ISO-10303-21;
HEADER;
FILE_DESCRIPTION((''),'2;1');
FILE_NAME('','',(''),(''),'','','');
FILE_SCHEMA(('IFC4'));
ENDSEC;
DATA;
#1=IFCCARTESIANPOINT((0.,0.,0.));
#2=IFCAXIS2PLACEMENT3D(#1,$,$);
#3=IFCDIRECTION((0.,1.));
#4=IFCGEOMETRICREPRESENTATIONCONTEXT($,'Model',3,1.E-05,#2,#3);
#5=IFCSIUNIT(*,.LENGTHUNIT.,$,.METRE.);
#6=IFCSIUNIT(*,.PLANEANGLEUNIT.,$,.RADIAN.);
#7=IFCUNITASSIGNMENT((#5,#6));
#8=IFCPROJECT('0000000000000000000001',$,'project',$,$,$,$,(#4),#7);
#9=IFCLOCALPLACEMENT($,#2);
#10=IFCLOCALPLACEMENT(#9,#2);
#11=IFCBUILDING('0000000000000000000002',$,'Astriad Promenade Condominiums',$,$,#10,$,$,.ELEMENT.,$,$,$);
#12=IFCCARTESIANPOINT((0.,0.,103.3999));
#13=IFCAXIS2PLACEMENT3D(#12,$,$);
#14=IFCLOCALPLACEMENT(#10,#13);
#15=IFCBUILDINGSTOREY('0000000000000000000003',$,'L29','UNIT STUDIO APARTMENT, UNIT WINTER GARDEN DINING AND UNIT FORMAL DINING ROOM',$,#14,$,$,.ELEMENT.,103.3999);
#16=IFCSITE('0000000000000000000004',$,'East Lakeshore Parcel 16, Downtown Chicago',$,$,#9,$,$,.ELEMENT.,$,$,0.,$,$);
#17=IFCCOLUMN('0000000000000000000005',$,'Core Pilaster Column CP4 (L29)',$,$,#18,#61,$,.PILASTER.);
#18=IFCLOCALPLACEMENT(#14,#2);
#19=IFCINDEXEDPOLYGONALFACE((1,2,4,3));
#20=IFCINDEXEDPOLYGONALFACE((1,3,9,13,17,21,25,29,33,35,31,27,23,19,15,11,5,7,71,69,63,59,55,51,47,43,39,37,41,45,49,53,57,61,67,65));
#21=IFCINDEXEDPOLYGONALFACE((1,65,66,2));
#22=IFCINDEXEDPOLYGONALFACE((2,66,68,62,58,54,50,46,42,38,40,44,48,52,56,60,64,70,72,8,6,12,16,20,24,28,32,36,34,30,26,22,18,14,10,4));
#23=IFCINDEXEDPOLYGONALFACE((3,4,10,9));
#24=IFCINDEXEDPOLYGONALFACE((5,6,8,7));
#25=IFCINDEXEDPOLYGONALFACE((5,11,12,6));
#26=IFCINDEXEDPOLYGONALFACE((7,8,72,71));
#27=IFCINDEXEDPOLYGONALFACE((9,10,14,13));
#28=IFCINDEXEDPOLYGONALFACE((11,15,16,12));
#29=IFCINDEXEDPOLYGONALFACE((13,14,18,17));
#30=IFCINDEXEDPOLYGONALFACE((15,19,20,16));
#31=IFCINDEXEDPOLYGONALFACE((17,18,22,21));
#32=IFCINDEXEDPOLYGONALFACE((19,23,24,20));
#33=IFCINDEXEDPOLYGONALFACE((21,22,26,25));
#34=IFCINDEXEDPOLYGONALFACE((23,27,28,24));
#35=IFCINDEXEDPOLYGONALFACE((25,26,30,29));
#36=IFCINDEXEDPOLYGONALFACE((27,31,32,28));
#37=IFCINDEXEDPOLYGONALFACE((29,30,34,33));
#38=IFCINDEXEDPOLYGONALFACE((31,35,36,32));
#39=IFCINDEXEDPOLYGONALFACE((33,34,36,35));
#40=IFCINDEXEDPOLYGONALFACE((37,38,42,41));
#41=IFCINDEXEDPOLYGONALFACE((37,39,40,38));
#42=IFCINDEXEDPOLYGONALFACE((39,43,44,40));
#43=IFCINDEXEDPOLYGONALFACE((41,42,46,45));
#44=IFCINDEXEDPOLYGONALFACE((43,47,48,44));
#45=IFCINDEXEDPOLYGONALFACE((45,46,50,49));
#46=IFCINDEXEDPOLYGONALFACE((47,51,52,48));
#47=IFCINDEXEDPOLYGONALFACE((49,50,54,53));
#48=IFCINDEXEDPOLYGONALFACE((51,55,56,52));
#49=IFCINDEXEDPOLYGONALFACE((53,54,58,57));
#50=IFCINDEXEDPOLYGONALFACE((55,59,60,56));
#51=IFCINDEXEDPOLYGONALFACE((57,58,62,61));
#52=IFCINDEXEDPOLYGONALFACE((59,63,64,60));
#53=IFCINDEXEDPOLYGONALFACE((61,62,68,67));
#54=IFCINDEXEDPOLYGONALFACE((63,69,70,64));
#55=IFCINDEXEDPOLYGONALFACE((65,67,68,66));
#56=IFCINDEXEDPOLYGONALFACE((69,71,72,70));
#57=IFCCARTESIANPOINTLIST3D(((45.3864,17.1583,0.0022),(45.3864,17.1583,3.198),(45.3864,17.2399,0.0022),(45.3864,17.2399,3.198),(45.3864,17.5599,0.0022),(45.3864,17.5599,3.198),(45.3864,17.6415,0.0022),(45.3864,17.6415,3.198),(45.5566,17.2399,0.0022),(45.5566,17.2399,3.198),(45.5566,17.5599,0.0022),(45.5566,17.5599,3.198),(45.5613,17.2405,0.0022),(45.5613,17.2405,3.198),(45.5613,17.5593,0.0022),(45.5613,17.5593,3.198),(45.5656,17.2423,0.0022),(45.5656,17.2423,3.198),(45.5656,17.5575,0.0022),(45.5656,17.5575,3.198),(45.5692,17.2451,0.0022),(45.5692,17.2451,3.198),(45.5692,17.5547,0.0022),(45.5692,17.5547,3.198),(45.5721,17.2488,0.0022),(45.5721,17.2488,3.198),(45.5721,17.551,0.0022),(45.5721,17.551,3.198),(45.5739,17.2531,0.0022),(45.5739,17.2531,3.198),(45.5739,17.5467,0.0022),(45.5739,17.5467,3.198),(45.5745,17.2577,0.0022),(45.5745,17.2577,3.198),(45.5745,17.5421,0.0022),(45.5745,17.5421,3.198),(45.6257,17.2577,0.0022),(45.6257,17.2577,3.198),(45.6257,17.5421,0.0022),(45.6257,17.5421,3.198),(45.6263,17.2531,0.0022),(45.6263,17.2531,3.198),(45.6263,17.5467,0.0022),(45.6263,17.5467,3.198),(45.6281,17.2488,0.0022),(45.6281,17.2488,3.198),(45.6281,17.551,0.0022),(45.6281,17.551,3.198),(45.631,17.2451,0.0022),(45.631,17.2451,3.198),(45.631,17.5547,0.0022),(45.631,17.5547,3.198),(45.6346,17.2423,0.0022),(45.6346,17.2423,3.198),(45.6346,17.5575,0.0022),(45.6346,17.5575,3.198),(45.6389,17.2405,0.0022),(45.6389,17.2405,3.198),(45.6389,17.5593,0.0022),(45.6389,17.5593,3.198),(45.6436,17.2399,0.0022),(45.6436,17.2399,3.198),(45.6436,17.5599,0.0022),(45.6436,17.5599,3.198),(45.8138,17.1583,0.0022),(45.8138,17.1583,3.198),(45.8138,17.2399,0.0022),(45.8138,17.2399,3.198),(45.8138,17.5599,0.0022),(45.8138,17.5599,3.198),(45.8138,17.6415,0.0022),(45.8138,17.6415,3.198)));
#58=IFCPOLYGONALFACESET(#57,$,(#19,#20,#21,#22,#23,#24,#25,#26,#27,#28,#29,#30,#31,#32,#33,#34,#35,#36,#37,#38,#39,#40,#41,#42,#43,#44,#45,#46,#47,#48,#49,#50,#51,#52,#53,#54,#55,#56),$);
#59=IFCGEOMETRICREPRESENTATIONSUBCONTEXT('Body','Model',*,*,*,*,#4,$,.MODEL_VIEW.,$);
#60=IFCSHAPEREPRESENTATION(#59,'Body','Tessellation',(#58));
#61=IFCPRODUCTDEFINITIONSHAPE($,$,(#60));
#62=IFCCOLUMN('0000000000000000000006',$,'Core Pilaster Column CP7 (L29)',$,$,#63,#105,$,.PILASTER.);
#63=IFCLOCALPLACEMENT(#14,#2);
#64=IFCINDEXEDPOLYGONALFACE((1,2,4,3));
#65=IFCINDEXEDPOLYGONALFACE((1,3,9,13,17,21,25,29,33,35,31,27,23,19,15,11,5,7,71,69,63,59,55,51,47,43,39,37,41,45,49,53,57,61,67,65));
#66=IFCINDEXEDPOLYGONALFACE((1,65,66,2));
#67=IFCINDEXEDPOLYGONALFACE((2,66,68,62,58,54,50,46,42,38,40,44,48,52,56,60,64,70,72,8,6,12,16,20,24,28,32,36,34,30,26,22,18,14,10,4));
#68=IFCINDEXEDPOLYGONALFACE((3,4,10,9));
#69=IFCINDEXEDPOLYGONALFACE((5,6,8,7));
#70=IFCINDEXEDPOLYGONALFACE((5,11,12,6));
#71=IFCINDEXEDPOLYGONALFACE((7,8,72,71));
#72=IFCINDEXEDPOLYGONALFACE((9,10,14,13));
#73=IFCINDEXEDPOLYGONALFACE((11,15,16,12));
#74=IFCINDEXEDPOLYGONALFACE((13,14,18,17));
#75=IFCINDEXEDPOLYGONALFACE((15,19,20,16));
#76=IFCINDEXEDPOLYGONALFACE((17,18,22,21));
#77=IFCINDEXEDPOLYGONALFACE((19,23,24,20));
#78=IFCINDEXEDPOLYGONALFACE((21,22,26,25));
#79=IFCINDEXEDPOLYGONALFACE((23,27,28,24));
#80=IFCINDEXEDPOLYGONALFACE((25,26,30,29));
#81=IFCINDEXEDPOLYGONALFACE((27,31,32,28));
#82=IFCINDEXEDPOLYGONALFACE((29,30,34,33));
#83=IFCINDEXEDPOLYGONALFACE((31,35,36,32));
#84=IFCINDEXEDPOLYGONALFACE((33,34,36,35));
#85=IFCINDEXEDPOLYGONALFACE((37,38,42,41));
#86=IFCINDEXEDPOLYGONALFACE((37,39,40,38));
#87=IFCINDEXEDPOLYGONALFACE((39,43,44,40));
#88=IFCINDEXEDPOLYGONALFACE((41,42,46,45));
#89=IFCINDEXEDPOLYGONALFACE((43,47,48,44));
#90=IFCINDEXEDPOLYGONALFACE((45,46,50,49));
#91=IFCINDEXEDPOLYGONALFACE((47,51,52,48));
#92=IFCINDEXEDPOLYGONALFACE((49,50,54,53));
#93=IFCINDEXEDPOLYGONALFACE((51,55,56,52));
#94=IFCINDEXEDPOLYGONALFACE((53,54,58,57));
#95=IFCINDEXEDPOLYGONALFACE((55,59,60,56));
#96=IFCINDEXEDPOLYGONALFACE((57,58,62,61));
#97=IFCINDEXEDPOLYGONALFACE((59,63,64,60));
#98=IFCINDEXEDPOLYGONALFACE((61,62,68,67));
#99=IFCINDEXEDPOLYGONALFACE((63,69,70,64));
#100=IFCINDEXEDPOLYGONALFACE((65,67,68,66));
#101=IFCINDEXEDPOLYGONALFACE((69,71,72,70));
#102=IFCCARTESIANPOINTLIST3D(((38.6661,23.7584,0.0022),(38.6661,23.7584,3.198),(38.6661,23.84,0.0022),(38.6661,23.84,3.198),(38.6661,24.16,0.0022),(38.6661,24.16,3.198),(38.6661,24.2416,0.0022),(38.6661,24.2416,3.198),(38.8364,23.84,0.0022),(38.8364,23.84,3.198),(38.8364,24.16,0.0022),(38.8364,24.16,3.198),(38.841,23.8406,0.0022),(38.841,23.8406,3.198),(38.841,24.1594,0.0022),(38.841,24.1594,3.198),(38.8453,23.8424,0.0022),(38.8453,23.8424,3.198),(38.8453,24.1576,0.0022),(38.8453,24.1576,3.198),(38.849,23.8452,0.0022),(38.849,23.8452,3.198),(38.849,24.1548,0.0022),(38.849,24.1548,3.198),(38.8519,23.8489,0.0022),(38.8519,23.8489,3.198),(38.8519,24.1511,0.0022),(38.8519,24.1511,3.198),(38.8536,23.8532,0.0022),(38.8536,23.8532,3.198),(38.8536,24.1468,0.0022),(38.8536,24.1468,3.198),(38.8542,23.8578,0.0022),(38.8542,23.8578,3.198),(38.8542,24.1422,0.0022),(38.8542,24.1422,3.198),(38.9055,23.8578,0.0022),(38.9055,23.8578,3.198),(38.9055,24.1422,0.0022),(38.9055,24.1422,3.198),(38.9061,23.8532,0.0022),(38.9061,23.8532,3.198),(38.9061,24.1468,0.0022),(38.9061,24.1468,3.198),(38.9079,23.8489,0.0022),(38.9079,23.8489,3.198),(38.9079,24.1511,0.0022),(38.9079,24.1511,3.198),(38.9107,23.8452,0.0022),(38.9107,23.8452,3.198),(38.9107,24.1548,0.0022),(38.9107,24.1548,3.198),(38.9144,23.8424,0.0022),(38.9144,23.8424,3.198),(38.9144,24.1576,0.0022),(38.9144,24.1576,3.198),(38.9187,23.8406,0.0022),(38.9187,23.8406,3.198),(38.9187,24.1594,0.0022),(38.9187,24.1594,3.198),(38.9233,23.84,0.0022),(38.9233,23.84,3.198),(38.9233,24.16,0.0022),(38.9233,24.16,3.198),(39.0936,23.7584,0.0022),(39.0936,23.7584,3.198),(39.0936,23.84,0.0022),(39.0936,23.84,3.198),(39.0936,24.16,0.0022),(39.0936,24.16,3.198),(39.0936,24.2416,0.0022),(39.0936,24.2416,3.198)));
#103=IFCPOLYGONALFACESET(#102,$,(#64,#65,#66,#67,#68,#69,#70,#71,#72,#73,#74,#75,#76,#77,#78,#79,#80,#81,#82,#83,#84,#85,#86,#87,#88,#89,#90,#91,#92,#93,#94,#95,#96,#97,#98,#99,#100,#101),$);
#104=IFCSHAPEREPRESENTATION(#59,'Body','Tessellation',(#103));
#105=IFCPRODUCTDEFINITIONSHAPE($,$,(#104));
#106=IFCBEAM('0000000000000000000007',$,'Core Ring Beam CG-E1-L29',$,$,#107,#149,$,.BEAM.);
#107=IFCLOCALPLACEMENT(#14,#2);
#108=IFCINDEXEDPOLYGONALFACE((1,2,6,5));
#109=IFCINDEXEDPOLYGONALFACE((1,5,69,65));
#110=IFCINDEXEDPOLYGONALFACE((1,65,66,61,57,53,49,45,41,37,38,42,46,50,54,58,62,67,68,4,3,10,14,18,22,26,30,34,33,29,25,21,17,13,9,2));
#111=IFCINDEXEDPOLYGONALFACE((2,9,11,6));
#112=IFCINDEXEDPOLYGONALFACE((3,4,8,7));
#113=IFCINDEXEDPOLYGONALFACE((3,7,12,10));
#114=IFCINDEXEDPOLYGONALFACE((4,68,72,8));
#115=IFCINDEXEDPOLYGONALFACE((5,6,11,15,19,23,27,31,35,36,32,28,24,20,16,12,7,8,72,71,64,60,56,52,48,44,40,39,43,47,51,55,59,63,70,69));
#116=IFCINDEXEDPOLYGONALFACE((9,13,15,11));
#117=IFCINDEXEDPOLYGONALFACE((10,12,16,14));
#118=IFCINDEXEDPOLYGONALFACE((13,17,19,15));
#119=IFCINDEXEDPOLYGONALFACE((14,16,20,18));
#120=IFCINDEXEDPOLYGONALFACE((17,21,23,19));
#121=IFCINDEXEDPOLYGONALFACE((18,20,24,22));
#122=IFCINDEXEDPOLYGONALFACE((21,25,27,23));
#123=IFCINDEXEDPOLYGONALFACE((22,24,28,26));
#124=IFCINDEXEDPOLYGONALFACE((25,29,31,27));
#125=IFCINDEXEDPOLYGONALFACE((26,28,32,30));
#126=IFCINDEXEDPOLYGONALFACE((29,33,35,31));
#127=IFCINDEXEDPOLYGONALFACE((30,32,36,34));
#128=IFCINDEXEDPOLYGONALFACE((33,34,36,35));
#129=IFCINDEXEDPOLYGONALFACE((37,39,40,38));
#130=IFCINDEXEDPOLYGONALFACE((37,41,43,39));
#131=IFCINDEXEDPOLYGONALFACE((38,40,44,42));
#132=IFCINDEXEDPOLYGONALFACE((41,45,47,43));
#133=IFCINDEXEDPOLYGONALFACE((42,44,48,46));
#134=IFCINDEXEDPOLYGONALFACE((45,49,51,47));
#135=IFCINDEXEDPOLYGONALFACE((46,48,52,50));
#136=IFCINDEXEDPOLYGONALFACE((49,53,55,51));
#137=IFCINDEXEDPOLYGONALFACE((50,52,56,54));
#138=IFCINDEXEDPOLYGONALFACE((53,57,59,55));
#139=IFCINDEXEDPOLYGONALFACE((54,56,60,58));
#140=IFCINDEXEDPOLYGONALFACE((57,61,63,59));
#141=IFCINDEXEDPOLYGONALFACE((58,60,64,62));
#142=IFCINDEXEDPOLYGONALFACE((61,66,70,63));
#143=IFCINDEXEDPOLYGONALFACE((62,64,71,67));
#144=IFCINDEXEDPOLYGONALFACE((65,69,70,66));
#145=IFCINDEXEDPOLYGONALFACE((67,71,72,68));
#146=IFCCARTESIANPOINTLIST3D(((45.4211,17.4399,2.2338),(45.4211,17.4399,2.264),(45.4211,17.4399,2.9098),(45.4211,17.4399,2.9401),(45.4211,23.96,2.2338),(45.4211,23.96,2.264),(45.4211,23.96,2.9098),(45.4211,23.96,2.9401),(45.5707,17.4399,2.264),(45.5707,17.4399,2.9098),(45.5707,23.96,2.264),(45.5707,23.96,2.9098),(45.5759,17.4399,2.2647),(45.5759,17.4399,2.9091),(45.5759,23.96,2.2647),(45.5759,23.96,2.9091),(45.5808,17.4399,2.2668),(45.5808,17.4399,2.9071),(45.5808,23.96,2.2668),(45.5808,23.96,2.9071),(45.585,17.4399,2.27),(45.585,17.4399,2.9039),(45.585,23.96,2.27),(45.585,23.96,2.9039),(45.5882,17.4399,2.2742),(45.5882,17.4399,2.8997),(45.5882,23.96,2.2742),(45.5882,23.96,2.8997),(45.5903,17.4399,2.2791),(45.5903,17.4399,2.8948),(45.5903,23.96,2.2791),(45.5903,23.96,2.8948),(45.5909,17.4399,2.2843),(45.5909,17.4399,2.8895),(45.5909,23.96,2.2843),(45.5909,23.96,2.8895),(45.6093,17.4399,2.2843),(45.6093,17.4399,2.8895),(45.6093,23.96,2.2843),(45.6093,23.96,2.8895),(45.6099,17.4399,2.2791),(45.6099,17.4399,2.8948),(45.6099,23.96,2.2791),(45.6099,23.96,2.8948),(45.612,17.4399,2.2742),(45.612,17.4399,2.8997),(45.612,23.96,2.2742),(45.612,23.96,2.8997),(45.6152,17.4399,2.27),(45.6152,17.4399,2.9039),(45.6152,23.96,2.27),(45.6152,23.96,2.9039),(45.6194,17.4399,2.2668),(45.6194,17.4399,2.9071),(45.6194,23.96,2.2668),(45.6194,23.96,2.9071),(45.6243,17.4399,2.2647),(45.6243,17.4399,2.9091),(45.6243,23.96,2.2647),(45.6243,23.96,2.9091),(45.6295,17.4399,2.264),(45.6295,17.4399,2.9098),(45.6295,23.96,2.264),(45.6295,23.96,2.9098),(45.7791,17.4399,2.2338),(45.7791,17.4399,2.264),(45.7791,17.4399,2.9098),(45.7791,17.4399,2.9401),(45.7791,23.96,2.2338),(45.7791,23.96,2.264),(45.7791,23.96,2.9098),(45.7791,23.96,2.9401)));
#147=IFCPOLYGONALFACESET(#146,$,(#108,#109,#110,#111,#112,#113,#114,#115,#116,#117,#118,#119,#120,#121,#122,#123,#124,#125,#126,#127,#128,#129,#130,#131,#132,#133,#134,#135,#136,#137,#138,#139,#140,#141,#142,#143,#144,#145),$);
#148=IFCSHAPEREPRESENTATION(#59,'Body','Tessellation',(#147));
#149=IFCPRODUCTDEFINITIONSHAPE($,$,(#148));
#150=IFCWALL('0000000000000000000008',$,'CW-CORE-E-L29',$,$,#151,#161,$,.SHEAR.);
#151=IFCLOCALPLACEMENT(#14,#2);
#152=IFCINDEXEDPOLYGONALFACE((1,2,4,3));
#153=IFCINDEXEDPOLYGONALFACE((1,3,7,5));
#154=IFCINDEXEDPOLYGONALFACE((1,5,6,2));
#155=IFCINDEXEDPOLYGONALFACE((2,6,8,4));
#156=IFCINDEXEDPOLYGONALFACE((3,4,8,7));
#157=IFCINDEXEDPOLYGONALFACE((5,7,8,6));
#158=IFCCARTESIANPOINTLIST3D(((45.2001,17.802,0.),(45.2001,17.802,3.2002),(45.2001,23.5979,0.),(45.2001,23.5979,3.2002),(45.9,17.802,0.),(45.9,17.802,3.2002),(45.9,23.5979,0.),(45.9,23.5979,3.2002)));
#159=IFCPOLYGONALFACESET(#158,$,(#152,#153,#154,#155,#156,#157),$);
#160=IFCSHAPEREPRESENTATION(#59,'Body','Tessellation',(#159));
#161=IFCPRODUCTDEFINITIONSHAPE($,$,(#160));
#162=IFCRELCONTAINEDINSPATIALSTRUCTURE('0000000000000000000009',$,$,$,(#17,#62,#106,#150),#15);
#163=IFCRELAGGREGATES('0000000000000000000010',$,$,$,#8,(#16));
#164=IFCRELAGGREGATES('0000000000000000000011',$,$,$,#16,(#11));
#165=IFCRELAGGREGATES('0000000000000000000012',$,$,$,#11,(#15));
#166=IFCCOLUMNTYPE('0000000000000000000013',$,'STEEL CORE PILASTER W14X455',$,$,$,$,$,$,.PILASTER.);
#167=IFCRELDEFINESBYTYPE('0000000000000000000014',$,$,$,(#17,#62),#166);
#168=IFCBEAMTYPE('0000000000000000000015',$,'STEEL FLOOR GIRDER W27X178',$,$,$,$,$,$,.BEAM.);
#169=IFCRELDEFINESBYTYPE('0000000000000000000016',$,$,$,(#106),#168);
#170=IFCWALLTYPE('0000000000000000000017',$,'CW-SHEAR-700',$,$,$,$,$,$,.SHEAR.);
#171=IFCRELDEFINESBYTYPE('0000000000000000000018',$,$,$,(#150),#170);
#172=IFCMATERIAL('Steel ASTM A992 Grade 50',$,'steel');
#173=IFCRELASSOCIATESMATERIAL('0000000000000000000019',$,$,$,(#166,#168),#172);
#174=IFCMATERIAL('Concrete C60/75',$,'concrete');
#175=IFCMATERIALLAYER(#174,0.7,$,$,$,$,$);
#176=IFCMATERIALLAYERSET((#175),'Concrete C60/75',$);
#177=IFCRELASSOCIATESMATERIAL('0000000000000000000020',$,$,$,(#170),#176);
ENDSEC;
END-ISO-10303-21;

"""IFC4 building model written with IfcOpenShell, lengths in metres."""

from ifc_helpers import new_model, si_unit, direction, frame, frame_2d, origin, origin_2d, place, context, subcontext, project, spatial, rectangle, i_section, extrude, source, transform, mapped, material, layer, layer_set, material_profile, profile_set, type_object, type_shapes, element, save


model = new_model("IFC4")

# Units and contexts
model_context = context("Model", 3, precision=1e-05, world=origin(), true_north=direction((0.0, 1.0)))
body_context = subcontext(model_context, "Body", "Model", "MODEL_VIEW")
ifc_project = project(units=[si_unit("LENGTHUNIT", "METRE"), si_unit("PLANEANGLEUNIT", "RADIAN")], contexts=[model_context])

# Site, building, storey
site_placement = place(None, origin())
site = spatial("IfcSite", under=ifc_project, at=site_placement, Name="East Lakeshore Parcel 16, Downtown Chicago", CompositionType="ELEMENT", RefElevation=0.0)
building_placement = place(site_placement, origin())
building = spatial("IfcBuilding", under=site, at=building_placement, Name="Astriad Promenade Condominiums", CompositionType="ELEMENT")
storey_placement = place(building_placement, frame((0.0, 0.0, 103.3999)))
storey = spatial("IfcBuildingStorey", under=building, at=storey_placement, Name="L29", Description="UNIT STUDIO APARTMENT, UNIT WINTER GARDEN DINING AND UNIT FORMAL DINING ROOM", CompositionType="ELEMENT", Elevation=103.3999)

# Columns
ifc_material_1 = material(Name="Steel ASTM A992 Grade 50", Category="steel")
ifc_material_profile_1 = material_profile(ifc_material_1, i_section(OverallWidth=0.4275, OverallDepth=0.4832, WebThickness=0.0513, FlangeThickness=0.0815, FilletRadius=0.0178, at=origin_2d()), Name="W14X455")
ifc_profile_set_1 = profile_set([ifc_material_profile_1], Name="Steel ASTM A992 Grade 50")
column_type = type_object("IfcColumnType", Name="STEEL CORE PILASTER W14X455", PredefinedType="PILASTER", material=ifc_profile_set_1)
shared_shape_1 = source(origin(), body_context, "Body", "SweptSolid", [
    extrude(i_section(OverallWidth=0.4275, OverallDepth=0.4832, WebThickness=0.0513, FlangeThickness=0.0815, FilletRadius=0.0178, at=origin_2d()), origin(), (0.0, 0.0, 1.0), 3.1958),
])
type_shapes(column_type, [shared_shape_1])
for number, where, z_axis, x_axis, name in (
    (1, (45.6001, 17.3999, 0.0022), (0.0, 0.0, 1.0), (1.0, 0.0, 0.0), "Core Pilaster Column CP4 (L29)"),
    (2, (38.8799, 24.0, 0.0022), (0.0, 0.0, 1.0), (1.0, 0.0, 0.0), "Core Pilaster Column CP7 (L29)"),
):
    element("IfcColumn", number, at=place(storey_placement, frame(where, z_axis=z_axis, x_axis=x_axis)), inside=storey, type_object=column_type, Name=name, PredefinedType="PILASTER", context=body_context, shape_type="MappedRepresentation", body=[
        mapped(shared_shape_1, transform((0.0, 0.0, 0.0), scale=1.0)),
    ])

# Beam
ifc_material_profile_2 = material_profile(ifc_material_1, i_section(OverallWidth=0.3579, OverallDepth=0.7063, WebThickness=0.0183, FlangeThickness=0.0303, FilletRadius=0.0203, at=origin_2d()), Name="W27X178")
ifc_profile_set_2 = profile_set([ifc_material_profile_2], Name="Steel ASTM A992 Grade 50")
beam_type = type_object("IfcBeamType", Name="STEEL FLOOR GIRDER W27X178", PredefinedType="BEAM", material=ifc_profile_set_2)
shared_shape_2 = source(origin(), body_context, "Body", "SweptSolid", [
    extrude(i_section(OverallWidth=0.3579, OverallDepth=0.7063, WebThickness=0.0183, FlangeThickness=0.0303, FilletRadius=0.0203, at=origin_2d()), origin(), (0.0, 0.0, 1.0), 6.52),
])
type_shapes(beam_type, [shared_shape_2])
beam_placement = place(storey_placement, frame((45.6001, 17.4399, 2.5869), z_axis=(0.0, 1.0, 0.0), x_axis=(-1.0, 0.0, 0.0)))
element("IfcBeam", 3, at=beam_placement, inside=storey, type_object=beam_type, Name="Core Ring Beam CG-E1-L29", PredefinedType="BEAM", context=body_context, shape_type="MappedRepresentation", body=[
    mapped(shared_shape_2, transform((0.0, 0.0, 0.0), scale=1.0)),
])

# Wall
ifc_material_2 = material(Name="Concrete C60/75", Category="concrete")
ifc_layer_1 = layer(ifc_material_2, 0.7)
ifc_layer_set_1 = layer_set([ifc_layer_1], Name="Concrete C60/75")
wall_type_1 = type_object("IfcWallType", Name="CW-SHEAR-700", PredefinedType="SHEAR", material=ifc_layer_set_1)
wall_1_placement = place(storey_placement, frame((45.55, 17.802, 0.0), z_axis=(0.0, 0.0, 1.0), x_axis=(0.0, 1.0, 0.0)))
element("IfcWall", 4, at=wall_1_placement, inside=storey, type_object=wall_type_1, Name="CW-CORE-E-L29", PredefinedType="SHEAR", context=body_context, shape_type="SweptSolid", body=[
    extrude(rectangle(XDim=5.7959, YDim=0.7, at=frame_2d((2.8979, 0.0))), origin(), (0.0, 0.0, 1.0), 3.2002),
])

save(model, "model.ifc")
